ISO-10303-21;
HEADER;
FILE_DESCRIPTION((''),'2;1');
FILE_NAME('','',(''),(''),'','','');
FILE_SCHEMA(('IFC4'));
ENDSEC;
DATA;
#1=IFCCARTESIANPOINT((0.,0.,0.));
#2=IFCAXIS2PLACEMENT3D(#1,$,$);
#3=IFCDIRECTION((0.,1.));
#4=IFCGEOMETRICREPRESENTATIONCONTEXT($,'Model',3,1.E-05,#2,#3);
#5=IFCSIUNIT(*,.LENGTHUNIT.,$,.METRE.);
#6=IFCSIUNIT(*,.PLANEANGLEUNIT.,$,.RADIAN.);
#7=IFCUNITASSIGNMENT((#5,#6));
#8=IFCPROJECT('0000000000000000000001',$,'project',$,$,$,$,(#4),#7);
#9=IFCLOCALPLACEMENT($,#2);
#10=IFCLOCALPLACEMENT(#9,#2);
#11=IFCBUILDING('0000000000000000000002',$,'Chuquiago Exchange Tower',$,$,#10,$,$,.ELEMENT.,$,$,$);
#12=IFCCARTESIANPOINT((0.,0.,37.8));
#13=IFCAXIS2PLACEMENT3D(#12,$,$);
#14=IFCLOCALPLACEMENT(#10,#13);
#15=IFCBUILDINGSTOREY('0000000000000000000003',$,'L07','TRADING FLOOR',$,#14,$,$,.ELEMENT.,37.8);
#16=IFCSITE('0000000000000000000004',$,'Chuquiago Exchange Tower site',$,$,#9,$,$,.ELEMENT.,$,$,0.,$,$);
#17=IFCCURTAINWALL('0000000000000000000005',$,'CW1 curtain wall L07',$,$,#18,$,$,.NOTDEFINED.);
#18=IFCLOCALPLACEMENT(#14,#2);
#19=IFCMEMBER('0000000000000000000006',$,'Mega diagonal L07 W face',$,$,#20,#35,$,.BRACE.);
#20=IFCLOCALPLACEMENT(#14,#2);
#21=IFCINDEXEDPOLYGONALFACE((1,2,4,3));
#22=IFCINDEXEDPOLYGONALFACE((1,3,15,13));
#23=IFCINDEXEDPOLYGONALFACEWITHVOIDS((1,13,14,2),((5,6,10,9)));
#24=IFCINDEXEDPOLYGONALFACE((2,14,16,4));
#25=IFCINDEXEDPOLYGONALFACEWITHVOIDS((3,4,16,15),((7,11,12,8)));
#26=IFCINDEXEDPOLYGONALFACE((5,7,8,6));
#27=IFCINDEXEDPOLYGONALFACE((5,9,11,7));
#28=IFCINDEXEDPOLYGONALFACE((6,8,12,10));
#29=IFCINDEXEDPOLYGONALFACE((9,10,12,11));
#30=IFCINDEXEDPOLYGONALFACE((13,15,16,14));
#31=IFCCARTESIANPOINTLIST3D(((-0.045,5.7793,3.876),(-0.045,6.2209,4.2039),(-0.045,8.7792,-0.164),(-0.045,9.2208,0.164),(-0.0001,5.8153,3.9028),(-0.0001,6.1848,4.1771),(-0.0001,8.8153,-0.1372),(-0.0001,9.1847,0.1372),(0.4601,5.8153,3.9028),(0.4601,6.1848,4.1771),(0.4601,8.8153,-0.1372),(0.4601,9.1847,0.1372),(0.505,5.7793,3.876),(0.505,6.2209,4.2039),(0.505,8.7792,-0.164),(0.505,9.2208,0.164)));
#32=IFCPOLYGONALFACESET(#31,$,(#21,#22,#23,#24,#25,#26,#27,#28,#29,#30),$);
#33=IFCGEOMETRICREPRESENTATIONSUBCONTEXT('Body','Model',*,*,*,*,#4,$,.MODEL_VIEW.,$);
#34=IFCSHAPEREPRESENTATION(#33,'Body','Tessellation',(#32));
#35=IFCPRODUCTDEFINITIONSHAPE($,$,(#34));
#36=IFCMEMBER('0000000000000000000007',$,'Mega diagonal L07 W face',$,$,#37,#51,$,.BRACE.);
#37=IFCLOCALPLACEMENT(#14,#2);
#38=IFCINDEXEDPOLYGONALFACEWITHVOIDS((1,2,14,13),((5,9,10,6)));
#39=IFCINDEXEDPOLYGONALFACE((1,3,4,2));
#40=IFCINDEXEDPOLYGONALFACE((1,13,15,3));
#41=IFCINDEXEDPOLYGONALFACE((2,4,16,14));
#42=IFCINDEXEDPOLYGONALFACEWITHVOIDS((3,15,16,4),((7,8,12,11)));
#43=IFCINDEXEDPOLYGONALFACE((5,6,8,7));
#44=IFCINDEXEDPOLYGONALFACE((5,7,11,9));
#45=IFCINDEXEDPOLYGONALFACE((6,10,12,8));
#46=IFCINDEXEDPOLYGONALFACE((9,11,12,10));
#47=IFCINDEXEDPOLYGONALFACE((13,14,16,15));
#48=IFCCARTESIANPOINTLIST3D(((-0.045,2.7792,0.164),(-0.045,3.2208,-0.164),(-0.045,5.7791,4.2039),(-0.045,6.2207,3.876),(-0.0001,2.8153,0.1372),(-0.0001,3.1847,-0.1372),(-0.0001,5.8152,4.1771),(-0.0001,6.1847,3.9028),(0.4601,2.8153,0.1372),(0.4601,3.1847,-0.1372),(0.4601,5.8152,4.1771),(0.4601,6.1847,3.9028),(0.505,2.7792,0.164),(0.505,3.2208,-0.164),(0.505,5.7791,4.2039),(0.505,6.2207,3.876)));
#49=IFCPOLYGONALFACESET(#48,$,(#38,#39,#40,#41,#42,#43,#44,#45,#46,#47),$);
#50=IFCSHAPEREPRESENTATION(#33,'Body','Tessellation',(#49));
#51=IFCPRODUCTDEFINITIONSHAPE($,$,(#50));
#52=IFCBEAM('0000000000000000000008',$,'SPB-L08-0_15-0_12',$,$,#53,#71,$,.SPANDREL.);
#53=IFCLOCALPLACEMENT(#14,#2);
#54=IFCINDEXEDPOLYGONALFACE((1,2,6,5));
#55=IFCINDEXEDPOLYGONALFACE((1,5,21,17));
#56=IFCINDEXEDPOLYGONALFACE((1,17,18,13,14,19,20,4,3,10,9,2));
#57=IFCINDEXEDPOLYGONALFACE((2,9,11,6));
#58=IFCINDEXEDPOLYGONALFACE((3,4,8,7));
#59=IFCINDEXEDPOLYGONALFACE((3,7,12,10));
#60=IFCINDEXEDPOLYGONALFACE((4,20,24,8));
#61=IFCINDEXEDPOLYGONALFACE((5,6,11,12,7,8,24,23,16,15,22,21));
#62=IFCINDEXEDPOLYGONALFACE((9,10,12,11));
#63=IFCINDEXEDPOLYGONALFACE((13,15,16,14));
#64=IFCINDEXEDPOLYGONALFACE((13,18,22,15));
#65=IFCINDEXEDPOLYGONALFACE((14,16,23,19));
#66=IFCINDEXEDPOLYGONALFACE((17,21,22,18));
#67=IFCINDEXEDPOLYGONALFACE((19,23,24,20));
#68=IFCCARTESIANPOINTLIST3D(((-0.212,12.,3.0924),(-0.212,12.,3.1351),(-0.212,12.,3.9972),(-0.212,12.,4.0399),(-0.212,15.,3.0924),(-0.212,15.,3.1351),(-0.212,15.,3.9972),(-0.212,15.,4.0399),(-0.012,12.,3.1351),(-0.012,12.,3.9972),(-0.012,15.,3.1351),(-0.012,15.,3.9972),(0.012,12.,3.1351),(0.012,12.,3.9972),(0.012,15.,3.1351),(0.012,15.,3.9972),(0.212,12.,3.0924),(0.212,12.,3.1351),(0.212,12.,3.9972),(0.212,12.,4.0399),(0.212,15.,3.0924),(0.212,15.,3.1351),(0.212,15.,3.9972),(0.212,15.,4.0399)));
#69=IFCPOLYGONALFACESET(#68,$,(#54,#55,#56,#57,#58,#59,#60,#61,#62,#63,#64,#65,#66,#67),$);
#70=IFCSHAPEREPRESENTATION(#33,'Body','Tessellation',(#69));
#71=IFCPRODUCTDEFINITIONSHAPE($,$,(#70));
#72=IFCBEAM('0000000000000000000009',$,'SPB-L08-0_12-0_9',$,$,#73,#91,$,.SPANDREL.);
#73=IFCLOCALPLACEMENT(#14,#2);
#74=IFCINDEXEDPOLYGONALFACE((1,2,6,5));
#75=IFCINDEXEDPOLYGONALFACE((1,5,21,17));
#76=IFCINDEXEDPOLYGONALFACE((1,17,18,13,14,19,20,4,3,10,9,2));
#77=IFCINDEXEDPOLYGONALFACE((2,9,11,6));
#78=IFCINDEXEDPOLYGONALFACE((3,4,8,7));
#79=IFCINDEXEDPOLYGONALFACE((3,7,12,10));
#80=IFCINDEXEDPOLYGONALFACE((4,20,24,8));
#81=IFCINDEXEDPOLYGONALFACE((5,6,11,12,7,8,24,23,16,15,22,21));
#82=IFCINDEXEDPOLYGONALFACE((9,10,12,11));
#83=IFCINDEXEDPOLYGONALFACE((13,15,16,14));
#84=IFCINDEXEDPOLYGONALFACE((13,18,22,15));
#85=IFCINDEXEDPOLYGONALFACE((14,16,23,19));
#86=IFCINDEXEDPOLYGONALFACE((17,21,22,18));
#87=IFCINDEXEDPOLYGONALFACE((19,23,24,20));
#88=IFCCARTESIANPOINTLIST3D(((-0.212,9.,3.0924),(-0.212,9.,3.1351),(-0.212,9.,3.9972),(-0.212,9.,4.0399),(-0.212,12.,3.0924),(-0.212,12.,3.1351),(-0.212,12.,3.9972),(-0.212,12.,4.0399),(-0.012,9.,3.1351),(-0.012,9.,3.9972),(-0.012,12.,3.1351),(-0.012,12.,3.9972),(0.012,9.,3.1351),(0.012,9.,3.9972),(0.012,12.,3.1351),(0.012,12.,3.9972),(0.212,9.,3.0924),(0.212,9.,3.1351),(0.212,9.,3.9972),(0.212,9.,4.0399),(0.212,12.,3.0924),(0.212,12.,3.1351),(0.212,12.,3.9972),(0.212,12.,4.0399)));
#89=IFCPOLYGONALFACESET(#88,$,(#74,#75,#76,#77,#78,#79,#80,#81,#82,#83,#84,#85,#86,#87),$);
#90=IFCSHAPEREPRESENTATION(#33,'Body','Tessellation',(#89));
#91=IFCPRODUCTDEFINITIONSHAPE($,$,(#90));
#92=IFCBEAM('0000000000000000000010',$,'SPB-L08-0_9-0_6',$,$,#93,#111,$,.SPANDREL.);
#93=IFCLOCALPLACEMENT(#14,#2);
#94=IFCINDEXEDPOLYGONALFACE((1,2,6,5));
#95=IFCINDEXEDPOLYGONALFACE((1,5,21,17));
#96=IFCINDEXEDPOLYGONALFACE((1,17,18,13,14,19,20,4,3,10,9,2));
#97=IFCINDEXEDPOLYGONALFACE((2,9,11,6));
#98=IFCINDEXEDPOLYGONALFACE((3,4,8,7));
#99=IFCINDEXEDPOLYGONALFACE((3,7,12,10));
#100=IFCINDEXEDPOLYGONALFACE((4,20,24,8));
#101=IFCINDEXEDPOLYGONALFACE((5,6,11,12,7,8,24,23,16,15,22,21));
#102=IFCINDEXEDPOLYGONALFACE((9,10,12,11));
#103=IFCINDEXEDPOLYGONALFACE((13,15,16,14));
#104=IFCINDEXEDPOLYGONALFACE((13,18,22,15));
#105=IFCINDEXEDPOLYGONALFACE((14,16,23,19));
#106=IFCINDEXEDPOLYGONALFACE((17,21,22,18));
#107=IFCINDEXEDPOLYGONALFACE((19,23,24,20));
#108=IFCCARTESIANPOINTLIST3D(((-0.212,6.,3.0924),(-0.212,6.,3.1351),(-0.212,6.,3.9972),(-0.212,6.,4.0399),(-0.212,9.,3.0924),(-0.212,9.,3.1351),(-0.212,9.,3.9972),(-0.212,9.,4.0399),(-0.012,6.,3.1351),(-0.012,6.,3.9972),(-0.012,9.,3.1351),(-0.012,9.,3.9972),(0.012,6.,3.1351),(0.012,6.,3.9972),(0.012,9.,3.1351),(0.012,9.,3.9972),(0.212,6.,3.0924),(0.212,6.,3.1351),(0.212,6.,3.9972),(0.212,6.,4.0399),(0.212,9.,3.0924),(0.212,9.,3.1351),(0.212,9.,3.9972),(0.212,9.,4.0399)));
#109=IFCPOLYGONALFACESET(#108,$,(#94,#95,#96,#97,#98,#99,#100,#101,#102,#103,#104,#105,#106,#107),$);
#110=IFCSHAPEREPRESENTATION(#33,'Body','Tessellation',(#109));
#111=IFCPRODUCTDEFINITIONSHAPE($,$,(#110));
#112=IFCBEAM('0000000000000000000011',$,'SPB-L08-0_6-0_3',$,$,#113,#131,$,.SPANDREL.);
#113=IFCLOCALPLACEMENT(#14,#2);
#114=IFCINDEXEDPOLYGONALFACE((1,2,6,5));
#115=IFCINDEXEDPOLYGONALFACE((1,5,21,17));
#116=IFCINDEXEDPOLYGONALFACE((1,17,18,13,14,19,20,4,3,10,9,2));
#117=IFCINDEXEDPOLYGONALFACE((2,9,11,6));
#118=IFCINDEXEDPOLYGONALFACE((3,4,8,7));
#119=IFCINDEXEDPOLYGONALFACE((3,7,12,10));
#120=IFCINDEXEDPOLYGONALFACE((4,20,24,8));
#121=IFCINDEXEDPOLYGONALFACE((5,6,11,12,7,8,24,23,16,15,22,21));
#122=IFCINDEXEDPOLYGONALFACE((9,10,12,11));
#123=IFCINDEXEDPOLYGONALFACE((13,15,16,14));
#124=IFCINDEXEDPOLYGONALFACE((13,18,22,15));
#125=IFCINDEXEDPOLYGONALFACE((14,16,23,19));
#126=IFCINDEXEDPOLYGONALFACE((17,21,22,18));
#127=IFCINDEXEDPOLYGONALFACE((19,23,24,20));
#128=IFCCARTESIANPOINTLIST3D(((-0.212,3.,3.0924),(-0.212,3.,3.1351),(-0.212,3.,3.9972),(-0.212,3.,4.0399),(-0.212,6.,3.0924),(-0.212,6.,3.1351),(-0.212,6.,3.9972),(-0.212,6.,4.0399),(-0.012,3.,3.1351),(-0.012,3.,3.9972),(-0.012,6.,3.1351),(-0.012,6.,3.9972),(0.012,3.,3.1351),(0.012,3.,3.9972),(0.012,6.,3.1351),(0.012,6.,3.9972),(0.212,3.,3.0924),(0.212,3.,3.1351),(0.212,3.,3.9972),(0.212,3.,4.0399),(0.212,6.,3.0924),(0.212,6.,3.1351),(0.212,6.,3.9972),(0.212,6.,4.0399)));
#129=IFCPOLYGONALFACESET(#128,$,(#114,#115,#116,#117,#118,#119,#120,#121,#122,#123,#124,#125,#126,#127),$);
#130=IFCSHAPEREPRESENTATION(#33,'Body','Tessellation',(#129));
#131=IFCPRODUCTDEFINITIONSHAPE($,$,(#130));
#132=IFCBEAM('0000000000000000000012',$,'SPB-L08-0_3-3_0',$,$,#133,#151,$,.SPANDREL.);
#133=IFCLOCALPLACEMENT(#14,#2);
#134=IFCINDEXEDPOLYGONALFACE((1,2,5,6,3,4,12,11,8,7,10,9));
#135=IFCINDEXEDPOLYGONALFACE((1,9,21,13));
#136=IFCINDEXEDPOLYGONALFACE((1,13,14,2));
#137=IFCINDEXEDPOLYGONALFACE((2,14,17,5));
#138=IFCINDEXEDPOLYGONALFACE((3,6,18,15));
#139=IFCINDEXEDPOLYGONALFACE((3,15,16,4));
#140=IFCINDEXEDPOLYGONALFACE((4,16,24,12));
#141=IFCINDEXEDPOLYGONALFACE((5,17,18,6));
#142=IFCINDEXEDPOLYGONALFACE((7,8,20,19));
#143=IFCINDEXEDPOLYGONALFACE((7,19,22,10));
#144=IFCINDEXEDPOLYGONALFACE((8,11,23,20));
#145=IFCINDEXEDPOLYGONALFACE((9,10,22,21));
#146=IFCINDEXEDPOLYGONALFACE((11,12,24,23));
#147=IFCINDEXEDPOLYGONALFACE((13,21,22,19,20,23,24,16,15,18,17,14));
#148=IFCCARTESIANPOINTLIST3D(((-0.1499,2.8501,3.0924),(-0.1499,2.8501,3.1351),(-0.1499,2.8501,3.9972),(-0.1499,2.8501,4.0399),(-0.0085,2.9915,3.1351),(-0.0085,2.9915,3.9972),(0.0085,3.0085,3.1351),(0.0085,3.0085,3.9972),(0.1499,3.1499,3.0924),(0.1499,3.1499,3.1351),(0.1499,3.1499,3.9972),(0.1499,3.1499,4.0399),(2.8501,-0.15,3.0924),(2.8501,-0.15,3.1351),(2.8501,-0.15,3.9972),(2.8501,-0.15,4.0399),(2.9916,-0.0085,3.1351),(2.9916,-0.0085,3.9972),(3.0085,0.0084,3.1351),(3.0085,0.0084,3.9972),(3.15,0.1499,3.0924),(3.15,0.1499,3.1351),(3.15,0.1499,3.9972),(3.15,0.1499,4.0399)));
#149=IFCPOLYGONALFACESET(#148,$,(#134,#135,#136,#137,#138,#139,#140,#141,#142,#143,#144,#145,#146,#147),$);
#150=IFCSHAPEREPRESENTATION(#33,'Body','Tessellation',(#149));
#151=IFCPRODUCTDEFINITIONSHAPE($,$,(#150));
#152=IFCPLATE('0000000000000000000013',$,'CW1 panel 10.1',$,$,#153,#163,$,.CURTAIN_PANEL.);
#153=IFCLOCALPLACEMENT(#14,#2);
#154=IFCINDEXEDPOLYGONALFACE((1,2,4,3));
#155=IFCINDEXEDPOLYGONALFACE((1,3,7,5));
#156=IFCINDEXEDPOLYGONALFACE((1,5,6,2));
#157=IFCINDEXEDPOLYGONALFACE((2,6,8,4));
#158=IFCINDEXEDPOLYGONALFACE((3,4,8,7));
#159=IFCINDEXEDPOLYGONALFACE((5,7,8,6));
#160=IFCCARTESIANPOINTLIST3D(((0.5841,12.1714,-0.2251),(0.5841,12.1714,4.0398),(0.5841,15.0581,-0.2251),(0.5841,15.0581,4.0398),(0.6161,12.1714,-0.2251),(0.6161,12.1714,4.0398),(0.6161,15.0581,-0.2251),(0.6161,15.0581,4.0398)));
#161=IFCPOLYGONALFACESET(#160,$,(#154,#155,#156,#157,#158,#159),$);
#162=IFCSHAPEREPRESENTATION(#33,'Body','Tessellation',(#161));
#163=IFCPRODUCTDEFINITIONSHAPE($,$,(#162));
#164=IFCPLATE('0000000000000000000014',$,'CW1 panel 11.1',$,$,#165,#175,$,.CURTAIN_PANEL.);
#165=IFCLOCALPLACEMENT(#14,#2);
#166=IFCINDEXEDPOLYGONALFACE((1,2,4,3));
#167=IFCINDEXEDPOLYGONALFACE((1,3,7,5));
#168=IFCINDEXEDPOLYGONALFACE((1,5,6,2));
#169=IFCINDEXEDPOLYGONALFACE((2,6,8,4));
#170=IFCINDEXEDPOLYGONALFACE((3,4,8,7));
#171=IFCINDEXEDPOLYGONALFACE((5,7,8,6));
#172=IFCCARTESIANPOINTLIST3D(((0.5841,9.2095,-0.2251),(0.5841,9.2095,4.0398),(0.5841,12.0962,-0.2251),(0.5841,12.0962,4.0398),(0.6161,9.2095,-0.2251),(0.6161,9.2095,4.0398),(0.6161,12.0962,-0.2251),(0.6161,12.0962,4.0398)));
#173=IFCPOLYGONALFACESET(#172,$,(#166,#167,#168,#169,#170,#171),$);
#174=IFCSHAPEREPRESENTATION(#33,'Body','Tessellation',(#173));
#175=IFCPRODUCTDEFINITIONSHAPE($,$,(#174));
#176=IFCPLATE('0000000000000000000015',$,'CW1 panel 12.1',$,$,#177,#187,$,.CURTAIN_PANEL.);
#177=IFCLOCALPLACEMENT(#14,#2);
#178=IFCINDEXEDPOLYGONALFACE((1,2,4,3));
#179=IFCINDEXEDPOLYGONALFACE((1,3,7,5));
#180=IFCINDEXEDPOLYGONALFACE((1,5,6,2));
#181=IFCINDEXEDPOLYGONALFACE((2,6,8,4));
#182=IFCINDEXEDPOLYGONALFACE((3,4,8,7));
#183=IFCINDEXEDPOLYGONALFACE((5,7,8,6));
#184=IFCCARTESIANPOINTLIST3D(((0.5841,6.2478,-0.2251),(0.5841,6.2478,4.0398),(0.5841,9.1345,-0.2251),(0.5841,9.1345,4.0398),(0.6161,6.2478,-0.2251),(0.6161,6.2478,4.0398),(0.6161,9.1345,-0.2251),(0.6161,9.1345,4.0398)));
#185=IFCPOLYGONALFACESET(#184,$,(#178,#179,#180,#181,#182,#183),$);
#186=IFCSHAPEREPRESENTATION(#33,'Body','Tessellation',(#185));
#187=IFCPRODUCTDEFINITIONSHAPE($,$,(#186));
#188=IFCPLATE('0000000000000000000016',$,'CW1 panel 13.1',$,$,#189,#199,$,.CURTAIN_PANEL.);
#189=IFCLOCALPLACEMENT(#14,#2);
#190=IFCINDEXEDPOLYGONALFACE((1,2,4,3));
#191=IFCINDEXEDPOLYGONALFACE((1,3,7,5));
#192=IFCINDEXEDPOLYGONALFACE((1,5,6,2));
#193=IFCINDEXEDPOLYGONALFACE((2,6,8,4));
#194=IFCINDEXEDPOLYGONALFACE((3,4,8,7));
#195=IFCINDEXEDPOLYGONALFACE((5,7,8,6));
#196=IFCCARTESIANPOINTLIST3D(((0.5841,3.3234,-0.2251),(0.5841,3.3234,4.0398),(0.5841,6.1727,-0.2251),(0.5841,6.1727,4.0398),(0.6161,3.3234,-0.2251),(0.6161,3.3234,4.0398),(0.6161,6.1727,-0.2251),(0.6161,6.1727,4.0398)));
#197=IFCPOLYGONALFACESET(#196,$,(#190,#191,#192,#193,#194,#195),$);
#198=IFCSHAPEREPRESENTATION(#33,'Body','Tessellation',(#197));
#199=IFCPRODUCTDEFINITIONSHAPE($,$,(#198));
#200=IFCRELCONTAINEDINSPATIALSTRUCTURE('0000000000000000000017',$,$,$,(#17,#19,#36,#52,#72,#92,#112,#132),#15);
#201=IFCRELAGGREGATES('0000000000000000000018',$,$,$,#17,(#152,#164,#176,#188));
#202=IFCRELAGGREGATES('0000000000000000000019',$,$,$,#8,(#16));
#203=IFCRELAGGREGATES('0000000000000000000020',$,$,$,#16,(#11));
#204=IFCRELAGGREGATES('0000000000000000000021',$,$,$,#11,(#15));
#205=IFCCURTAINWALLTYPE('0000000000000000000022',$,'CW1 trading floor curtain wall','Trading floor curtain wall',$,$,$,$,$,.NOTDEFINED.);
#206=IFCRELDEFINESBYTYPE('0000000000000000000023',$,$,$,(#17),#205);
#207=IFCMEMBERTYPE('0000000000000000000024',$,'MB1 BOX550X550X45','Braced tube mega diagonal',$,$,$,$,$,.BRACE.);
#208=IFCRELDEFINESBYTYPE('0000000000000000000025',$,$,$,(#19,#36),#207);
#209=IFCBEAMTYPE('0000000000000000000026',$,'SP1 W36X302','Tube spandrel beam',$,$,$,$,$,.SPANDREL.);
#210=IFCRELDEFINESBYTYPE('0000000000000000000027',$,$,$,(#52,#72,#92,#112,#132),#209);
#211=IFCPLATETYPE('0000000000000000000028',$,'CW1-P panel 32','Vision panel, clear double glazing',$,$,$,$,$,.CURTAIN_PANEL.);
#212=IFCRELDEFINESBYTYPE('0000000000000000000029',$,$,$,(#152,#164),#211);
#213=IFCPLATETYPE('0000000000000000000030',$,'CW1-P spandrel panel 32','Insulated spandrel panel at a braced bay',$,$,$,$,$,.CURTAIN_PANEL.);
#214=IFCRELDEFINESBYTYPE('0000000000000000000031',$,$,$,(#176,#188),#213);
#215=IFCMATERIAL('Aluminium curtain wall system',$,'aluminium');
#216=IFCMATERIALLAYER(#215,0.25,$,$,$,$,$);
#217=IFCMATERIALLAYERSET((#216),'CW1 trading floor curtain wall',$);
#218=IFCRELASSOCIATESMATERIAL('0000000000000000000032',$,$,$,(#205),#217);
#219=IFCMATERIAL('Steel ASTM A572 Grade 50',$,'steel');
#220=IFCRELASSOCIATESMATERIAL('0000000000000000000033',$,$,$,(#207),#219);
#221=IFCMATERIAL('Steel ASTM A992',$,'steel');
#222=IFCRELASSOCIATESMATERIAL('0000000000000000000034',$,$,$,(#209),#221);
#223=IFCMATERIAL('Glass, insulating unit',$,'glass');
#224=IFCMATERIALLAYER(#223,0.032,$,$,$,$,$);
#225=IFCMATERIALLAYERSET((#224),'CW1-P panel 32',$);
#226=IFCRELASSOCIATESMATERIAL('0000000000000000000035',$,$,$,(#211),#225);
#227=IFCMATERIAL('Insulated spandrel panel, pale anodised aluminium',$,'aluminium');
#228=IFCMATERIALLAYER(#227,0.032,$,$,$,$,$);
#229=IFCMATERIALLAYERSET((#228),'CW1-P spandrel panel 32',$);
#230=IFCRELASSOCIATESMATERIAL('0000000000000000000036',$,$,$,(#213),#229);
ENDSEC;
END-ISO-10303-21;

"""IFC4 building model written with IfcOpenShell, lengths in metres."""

from ifc_helpers import new_model, si_unit, direction, frame, origin, origin_2d, place, context, subcontext, project, spatial, rectangle, hollow_rectangle, i_section, extrude, material, layer, layer_set, material_profile, profile_set, type_object, element, aggregate, save


model = new_model("IFC4")

# Units and contexts
model_context = context("Model", 3, precision=1e-05, world=origin(), true_north=direction((0.0, 1.0)))
body_context = subcontext(model_context, "Body", "Model", "MODEL_VIEW")
ifc_project = project(units=[si_unit("LENGTHUNIT", "METRE"), si_unit("PLANEANGLEUNIT", "RADIAN")], contexts=[model_context])

# Site, building, storey
site_placement = place(None, origin())
site = spatial("IfcSite", under=ifc_project, at=site_placement, Name="Chuquiago Exchange Tower site", CompositionType="ELEMENT", RefElevation=0.0)
building_placement = place(site_placement, origin())
building = spatial("IfcBuilding", under=site, at=building_placement, Name="Chuquiago Exchange Tower", CompositionType="ELEMENT")
storey_placement = place(building_placement, frame((0.0, 0.0, 37.8)))
storey = spatial("IfcBuildingStorey", under=building, at=storey_placement, Name="L07", Description="TRADING FLOOR", CompositionType="ELEMENT", Elevation=37.8)

# Curtain wall
ifc_material_1 = material(Name="Aluminium curtain wall system", Category="aluminium")
ifc_layer_1 = layer(ifc_material_1, 0.25)
ifc_layer_set_1 = layer_set([ifc_layer_1], Name="CW1 trading floor curtain wall")
curtain_wall_type = type_object("IfcCurtainWallType", Name="CW1 trading floor curtain wall", Description="Trading floor curtain wall", PredefinedType="NOTDEFINED", material=ifc_layer_set_1)
curtain_wall_placement = place(storey_placement, origin())
curtain_wall = element("IfcCurtainWall", 1, at=curtain_wall_placement, inside=storey, type_object=curtain_wall_type, Name="CW1 curtain wall L07", PredefinedType="NOTDEFINED")

# Members
ifc_material_2 = material(Name="Steel ASTM A572 Grade 50", Category="steel")
ifc_material_profile_1 = material_profile(ifc_material_2, hollow_rectangle(XDim=0.55, YDim=0.55, WallThickness=0.0449, at=origin_2d()), Name="BOX550X550X45")
ifc_profile_set_1 = profile_set([ifc_material_profile_1], Name="Steel ASTM A572 Grade 50")
member_type_1 = type_object("IfcMemberType", Name="MB1 BOX550X550X45", Description="Braced tube mega diagonal", PredefinedType="BRACE", material=ifc_profile_set_1)
for number, where, z_axis, x_axis, name in (
    (2, (0.23, 9.0, 0.0), (0.0, -0.596174, 0.802855), (1.0, 0.0, 0.0), "Mega diagonal L07 W face"),
    (3, (0.23, 3.0, 0.0), (0.0, 0.596174, 0.802855), (-1.0, 0.0, 0.0), "Mega diagonal L07 W face"),
):
    element("IfcMember", number, at=place(storey_placement, frame(where, z_axis=z_axis, x_axis=x_axis)), inside=storey, type_object=member_type_1, Name=name, PredefinedType="BRACE", context=body_context, shape_type="SweptSolid", body=[
        extrude(hollow_rectangle(XDim=0.55, YDim=0.55, WallThickness=0.0449, at=origin_2d()), origin(), (0.0, 0.0, 1.0), 5.032),
    ])

# Beams
ifc_material_3 = material(Name="Steel ASTM A992", Category="steel")
ifc_material_profile_2 = material_profile(ifc_material_3, i_section(OverallWidth=0.4241, OverallDepth=0.9475, WebThickness=0.0239, FlangeThickness=0.0427, at=origin_2d()), Name="W36X302")
ifc_profile_set_2 = profile_set([ifc_material_profile_2], Name="Steel ASTM A992")
beam_type = type_object("IfcBeamType", Name="SP1 W36X302", Description="Tube spandrel beam", PredefinedType="SPANDREL", material=ifc_profile_set_2)
for number, where, z_axis, x_axis, name in (
    (4, (0.0, 15.0, 3.5662), (0.0, -1.0, 0.0), (1.0, 0.0, 0.0), "SPB-L08-0_15-0_12"),
    (5, (0.0, 12.0, 3.5662), (0.0, -1.0, 0.0), (1.0, 0.0, 0.0), "SPB-L08-0_12-0_9"),
    (6, (0.0, 9.0, 3.5662), (0.0, -1.0, 0.0), (1.0, 0.0, 0.0), "SPB-L08-0_9-0_6"),
    (7, (0.0, 6.0, 3.5662), (0.0, -1.0, 0.0), (1.0, 0.0, 0.0), "SPB-L08-0_6-0_3"),
):
    element("IfcBeam", number, at=place(storey_placement, frame(where, z_axis=z_axis, x_axis=x_axis)), inside=storey, type_object=beam_type, Name=name, PredefinedType="SPANDREL", context=body_context, shape_type="SweptSolid", body=[
        extrude(i_section(OverallWidth=0.4241, OverallDepth=0.9475, WebThickness=0.0239, FlangeThickness=0.0427, at=origin_2d()), origin(), (0.0, 0.0, 1.0), 3.0),
    ])
beam_placement = place(storey_placement, frame((0.0, 3.0, 3.5662), z_axis=(0.707107, -0.707107, 0.0), x_axis=(0.707107, 0.707107, 0.0)))
element("IfcBeam", 8, at=beam_placement, inside=storey, type_object=beam_type, Name="SPB-L08-0_3-3_0", PredefinedType="SPANDREL", context=body_context, shape_type="SweptSolid", body=[
    extrude(i_section(OverallWidth=0.4241, OverallDepth=0.9475, WebThickness=0.0239, FlangeThickness=0.0427, at=origin_2d()), origin(), (0.0, 0.0, 1.0), 4.2427),
])

# Plates
ifc_material_4 = material(Name="Glass, insulating unit", Category="glass")
ifc_layer_2 = layer(ifc_material_4, 0.032)
ifc_layer_set_2 = layer_set([ifc_layer_2], Name="CW1-P panel 32")
plate_type_1 = type_object("IfcPlateType", Name="CW1-P panel 32", Description="Vision panel, clear double glazing", PredefinedType="CURTAIN_PANEL", material=ifc_layer_set_2)
plate_1_placement = place(storey_placement, frame((0.6001, 13.6147, -0.2251), z_axis=(0.0, 0.0, 1.0), x_axis=(0.0, -1.0, 0.0)))
plate_1 = element("IfcPlate", 9, at=plate_1_placement, type_object=plate_type_1, Name="CW1 panel 10.1", PredefinedType="CURTAIN_PANEL", context=body_context, shape_type="SweptSolid", body=[
    extrude(rectangle(XDim=2.8867, YDim=0.032, at=origin_2d()), origin(), (0.0, 0.0, 1.0), 4.2649),
])
plate_2_placement = place(storey_placement, frame((0.6001, 10.6528, -0.2251), z_axis=(0.0, 0.0, 1.0), x_axis=(0.0, -1.0, 0.0)))
plate_2 = element("IfcPlate", 10, at=plate_2_placement, type_object=plate_type_1, Name="CW1 panel 11.1", PredefinedType="CURTAIN_PANEL", context=body_context, shape_type="SweptSolid", body=[
    extrude(rectangle(XDim=2.8867, YDim=0.032, at=origin_2d()), origin(), (0.0, 0.0, 1.0), 4.2649),
])
ifc_material_5 = material(Name="Insulated spandrel panel, pale anodised aluminium", Category="aluminium")
ifc_layer_3 = layer(ifc_material_5, 0.032)
ifc_layer_set_3 = layer_set([ifc_layer_3], Name="CW1-P spandrel panel 32")
plate_type_2 = type_object("IfcPlateType", Name="CW1-P spandrel panel 32", Description="Insulated spandrel panel at a braced bay", PredefinedType="CURTAIN_PANEL", material=ifc_layer_set_3)
plate_3_placement = place(storey_placement, frame((0.6001, 7.6912, -0.2251), z_axis=(0.0, 0.0, 1.0), x_axis=(0.0, -1.0, 0.0)))
plate_3 = element("IfcPlate", 11, at=plate_3_placement, type_object=plate_type_2, Name="CW1 panel 12.1", PredefinedType="CURTAIN_PANEL", context=body_context, shape_type="SweptSolid", body=[
    extrude(rectangle(XDim=2.8867, YDim=0.032, at=origin_2d()), origin(), (0.0, 0.0, 1.0), 4.2649),
])
plate_4_placement = place(storey_placement, frame((0.6001, 4.748, -0.2251), z_axis=(0.0, 0.0, 1.0), x_axis=(0.0, -1.0, 0.0)))
plate_4 = element("IfcPlate", 12, at=plate_4_placement, type_object=plate_type_2, Name="CW1 panel 13.1", PredefinedType="CURTAIN_PANEL", context=body_context, shape_type="SweptSolid", body=[
    extrude(rectangle(XDim=2.8494, YDim=0.032, at=origin_2d()), origin(), (0.0, 0.0, 1.0), 4.2649),
])
aggregate(curtain_wall, [plate_1, plate_2, plate_3, plate_4])

save(model, "model.ifc")
